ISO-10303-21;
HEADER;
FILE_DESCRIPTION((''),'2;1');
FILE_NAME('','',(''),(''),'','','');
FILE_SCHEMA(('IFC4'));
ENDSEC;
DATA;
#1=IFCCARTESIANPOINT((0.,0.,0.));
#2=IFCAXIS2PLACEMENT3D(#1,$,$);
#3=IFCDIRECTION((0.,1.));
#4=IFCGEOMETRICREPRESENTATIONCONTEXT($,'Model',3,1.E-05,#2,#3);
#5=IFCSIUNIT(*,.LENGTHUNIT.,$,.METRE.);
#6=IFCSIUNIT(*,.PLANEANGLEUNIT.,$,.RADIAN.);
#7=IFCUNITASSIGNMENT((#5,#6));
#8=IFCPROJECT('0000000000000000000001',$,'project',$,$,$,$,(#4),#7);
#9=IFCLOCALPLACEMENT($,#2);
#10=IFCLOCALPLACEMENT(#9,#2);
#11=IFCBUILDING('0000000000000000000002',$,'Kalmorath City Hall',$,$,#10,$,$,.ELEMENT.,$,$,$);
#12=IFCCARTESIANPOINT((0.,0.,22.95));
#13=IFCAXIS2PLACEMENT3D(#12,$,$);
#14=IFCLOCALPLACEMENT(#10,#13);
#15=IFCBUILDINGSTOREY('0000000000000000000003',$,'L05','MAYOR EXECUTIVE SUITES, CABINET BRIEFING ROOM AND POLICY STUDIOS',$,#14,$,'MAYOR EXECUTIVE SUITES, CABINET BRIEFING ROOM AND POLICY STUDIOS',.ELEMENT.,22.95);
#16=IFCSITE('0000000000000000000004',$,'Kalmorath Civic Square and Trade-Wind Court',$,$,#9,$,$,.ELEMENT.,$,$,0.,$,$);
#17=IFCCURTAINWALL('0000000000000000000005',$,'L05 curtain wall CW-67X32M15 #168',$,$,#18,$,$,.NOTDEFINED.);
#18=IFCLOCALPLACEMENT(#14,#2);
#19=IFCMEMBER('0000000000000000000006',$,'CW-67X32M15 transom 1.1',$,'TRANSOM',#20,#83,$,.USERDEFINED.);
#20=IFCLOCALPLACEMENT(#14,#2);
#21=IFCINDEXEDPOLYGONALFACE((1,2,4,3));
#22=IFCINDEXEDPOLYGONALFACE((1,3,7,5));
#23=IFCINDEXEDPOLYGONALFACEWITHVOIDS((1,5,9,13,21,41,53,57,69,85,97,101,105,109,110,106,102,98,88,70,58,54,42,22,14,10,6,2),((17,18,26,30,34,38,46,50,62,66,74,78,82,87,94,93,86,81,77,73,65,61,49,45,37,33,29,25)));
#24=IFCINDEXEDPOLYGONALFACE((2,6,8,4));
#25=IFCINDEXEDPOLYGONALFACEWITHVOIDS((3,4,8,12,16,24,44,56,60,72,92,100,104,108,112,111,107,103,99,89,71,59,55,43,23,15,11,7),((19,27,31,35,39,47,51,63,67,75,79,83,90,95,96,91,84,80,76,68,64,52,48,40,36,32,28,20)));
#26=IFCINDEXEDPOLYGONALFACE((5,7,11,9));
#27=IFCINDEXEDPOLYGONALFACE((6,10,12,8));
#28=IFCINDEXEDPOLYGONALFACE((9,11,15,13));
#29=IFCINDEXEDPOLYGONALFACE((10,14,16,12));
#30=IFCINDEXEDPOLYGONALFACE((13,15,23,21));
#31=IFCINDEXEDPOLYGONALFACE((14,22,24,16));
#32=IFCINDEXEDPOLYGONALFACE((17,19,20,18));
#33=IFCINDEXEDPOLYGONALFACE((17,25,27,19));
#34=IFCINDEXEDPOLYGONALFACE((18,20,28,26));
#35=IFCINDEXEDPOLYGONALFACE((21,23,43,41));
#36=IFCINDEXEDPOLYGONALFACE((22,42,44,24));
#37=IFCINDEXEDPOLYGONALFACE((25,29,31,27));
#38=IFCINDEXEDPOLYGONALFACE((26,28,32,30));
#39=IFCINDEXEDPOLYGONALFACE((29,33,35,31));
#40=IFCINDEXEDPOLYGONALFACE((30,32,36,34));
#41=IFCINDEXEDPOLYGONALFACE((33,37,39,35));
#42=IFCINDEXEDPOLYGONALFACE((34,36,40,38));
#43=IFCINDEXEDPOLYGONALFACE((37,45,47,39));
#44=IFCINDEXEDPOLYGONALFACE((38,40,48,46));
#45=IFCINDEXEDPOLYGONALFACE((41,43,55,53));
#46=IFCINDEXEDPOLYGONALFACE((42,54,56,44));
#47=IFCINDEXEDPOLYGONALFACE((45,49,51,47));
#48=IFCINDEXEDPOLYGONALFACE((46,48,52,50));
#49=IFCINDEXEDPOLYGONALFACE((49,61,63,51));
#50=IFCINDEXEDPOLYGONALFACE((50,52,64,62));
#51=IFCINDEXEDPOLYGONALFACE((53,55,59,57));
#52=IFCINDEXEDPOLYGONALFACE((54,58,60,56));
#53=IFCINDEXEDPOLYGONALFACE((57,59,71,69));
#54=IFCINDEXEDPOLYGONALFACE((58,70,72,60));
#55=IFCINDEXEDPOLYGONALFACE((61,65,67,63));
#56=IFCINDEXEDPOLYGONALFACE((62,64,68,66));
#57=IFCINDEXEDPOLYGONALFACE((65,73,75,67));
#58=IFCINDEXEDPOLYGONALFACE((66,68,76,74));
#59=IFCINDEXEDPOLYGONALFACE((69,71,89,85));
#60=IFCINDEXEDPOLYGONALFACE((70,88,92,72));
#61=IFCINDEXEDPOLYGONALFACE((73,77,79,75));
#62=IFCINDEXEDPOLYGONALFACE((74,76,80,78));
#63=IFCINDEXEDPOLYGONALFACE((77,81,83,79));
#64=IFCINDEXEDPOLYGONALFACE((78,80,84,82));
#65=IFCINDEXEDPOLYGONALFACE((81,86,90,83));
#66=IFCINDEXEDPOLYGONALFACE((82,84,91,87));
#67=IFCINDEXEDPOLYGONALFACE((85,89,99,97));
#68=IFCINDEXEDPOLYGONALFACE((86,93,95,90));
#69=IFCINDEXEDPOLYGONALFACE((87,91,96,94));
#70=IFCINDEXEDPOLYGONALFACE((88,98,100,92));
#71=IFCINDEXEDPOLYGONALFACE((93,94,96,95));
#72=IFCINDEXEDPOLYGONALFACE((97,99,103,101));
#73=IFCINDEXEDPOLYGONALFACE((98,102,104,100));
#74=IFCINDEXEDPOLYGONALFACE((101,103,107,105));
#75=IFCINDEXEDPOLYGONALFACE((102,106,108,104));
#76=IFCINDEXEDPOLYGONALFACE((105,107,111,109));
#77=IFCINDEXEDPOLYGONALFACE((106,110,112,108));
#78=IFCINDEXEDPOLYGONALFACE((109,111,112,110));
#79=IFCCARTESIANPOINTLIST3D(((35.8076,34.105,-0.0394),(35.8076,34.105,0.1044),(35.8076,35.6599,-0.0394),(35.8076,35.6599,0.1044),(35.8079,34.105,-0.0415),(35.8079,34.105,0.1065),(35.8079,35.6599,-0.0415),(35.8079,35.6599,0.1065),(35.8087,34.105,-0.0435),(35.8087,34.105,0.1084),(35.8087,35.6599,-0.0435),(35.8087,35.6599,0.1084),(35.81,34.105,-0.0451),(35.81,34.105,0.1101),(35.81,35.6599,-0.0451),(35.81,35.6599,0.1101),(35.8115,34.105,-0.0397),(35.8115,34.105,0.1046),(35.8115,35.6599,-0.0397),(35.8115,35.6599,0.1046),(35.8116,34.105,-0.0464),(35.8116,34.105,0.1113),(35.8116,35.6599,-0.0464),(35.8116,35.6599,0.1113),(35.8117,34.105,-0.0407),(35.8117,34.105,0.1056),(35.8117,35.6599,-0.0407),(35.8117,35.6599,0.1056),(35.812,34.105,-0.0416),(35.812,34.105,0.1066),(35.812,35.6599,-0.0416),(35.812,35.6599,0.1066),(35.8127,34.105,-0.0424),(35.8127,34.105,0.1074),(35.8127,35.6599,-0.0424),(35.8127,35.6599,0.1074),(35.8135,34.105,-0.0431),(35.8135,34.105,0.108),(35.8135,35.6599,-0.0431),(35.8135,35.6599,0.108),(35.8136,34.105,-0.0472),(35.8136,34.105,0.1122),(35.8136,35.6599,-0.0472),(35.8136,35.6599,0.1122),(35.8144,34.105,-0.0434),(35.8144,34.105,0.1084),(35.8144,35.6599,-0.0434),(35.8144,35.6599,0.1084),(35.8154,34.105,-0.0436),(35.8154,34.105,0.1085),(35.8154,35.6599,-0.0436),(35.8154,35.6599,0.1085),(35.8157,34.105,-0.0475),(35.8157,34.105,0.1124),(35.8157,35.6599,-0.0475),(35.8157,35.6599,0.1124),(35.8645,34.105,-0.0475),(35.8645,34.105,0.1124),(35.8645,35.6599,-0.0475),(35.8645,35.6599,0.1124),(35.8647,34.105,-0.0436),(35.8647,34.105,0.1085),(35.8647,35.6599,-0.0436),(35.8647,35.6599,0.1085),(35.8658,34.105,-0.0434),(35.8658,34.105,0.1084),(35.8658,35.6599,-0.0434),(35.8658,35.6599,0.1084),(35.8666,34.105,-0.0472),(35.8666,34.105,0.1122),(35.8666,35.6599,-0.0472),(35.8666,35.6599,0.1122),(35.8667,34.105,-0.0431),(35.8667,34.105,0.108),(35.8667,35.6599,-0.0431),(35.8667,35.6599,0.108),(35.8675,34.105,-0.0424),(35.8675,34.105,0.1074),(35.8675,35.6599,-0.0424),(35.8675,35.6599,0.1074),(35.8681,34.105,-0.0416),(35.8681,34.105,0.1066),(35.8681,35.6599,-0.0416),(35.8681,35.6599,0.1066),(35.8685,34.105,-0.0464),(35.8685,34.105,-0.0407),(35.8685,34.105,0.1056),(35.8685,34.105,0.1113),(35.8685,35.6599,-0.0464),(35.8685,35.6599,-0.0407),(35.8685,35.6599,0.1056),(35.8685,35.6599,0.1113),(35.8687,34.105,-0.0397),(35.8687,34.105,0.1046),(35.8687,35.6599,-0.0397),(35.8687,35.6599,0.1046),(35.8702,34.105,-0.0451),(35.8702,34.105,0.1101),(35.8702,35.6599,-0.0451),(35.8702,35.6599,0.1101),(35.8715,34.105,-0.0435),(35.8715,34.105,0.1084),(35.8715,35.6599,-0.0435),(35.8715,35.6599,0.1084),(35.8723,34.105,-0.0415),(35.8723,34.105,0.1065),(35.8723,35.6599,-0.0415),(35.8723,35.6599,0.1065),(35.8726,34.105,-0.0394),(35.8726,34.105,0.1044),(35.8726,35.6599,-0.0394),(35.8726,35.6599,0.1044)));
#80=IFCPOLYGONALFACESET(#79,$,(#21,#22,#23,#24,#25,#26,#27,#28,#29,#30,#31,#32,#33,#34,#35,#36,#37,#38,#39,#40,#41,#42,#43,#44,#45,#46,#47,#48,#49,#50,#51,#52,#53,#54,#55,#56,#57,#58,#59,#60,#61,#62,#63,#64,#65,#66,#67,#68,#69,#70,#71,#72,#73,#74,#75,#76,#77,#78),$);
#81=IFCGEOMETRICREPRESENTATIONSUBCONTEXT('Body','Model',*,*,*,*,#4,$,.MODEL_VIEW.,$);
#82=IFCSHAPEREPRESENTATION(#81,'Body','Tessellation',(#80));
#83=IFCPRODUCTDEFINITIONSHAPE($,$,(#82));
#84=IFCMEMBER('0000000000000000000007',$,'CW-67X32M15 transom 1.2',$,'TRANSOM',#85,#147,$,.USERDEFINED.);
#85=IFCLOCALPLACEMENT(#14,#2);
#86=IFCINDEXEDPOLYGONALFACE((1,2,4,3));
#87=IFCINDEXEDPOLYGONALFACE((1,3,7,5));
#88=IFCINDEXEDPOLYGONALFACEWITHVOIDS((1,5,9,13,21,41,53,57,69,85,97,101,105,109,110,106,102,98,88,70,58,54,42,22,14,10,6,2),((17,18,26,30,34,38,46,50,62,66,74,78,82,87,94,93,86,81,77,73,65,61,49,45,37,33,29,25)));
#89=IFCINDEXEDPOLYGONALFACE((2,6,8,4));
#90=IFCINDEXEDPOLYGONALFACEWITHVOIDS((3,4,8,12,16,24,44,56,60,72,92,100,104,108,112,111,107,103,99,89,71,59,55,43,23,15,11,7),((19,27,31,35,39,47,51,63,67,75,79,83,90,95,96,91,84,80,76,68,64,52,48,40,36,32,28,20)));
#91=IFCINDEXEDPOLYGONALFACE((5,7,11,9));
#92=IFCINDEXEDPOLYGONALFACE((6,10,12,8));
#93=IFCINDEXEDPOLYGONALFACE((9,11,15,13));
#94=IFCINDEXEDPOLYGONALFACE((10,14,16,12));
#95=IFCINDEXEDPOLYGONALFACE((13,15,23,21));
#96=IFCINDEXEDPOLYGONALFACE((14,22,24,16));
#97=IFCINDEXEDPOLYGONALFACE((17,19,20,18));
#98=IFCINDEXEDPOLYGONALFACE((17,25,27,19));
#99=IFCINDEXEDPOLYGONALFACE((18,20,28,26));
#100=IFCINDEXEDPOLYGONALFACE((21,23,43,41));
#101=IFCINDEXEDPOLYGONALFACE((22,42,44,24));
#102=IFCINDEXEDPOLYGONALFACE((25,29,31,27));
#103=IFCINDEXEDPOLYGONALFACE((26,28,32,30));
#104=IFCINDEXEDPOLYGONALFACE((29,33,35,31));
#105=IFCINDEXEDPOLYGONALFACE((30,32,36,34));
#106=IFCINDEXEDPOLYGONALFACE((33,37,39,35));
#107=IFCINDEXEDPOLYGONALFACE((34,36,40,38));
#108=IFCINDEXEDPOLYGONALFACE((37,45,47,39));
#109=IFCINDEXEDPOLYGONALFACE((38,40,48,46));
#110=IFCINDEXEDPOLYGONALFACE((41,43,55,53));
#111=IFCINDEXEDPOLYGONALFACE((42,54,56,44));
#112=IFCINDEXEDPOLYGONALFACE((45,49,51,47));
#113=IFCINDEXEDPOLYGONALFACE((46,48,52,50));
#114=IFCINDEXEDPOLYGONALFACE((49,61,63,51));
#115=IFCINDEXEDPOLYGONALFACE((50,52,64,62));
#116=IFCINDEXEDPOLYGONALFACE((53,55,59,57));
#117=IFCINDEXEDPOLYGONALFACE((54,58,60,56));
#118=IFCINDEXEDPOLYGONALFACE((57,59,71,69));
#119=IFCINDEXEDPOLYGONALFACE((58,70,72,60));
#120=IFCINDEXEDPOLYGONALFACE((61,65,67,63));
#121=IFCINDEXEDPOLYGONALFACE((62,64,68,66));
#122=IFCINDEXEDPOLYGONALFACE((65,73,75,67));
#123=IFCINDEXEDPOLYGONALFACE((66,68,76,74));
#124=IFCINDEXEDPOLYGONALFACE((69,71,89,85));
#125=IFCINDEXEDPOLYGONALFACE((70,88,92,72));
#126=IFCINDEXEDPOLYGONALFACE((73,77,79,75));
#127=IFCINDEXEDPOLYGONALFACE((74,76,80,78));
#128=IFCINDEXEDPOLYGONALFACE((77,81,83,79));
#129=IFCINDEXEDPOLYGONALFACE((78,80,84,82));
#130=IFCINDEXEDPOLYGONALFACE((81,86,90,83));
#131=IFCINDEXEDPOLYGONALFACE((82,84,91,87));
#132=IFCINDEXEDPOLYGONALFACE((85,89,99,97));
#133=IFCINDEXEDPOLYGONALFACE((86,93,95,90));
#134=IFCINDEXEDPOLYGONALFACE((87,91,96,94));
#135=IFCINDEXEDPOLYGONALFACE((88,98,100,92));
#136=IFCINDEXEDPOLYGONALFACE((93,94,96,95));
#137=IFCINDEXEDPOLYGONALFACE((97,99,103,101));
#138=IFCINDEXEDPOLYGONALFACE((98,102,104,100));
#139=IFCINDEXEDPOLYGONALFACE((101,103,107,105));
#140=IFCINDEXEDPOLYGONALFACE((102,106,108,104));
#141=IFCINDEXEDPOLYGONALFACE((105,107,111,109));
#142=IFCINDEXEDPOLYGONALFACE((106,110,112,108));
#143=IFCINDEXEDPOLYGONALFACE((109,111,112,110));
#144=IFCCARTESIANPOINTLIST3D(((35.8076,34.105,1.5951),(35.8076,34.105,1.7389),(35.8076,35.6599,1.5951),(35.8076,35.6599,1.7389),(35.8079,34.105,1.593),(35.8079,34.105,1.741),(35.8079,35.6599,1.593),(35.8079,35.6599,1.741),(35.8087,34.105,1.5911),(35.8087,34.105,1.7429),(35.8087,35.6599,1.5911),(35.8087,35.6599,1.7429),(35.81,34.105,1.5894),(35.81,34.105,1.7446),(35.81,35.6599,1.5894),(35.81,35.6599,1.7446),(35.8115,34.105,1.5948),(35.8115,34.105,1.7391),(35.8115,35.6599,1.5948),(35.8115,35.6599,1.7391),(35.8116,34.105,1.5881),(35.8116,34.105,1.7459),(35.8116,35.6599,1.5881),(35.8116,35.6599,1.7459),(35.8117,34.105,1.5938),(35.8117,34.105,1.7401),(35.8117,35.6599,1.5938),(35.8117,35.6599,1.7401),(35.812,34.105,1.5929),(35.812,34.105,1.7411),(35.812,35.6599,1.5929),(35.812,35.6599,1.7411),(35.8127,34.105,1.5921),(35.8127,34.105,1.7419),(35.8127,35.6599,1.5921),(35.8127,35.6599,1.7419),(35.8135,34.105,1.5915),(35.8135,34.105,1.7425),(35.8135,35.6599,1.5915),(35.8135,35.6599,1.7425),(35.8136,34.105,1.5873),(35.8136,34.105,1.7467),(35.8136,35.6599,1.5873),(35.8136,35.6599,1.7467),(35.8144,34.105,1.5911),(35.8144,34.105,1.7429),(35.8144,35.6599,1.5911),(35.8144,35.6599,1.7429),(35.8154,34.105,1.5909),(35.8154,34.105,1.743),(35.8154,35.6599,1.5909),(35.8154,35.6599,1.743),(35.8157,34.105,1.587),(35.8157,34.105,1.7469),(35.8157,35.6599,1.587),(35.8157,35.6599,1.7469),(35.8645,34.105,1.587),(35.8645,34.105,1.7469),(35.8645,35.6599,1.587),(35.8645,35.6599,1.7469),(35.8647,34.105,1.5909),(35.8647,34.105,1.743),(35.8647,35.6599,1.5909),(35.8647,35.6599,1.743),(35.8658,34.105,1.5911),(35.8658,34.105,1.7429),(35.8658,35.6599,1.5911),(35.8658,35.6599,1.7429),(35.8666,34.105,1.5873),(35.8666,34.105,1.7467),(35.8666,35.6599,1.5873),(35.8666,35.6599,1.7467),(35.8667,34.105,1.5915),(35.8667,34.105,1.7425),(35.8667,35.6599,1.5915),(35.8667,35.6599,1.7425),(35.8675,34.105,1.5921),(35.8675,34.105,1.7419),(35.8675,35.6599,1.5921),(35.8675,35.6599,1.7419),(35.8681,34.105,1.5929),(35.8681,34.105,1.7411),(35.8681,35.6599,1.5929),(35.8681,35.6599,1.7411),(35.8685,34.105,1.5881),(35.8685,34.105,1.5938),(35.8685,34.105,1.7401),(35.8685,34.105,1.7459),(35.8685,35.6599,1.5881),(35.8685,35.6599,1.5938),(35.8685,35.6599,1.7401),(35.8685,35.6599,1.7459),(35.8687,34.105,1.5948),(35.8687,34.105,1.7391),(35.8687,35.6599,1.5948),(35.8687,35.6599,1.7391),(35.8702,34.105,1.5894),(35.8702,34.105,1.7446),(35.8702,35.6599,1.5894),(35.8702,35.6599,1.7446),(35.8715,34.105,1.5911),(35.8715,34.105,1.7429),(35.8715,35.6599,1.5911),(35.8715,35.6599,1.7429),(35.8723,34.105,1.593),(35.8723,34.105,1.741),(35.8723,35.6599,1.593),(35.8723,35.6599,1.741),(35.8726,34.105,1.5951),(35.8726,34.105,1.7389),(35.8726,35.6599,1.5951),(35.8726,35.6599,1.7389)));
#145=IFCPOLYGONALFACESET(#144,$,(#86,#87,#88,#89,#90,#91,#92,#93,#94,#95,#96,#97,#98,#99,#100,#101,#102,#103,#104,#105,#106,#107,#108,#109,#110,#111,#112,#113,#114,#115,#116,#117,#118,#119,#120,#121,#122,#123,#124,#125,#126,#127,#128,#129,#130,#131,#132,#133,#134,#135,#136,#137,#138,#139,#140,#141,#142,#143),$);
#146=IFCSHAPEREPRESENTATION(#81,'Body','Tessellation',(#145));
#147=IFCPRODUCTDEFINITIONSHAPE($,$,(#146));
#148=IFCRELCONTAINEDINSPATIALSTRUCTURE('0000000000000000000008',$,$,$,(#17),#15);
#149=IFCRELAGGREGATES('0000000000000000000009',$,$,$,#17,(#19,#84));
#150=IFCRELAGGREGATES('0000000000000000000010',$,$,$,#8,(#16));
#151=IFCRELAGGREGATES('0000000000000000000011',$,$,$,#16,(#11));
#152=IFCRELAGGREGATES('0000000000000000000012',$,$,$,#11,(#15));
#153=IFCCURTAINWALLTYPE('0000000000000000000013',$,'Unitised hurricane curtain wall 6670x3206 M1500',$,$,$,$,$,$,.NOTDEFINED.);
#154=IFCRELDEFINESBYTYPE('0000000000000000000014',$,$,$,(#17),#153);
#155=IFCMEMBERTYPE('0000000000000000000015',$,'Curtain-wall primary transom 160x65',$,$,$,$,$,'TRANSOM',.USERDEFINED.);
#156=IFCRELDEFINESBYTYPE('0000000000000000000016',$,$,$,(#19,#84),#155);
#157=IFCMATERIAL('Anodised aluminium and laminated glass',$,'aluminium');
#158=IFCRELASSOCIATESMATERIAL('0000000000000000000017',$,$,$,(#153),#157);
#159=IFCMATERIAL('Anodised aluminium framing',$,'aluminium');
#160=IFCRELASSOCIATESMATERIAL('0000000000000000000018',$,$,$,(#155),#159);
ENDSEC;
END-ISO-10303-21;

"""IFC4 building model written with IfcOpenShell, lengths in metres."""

from ifc_helpers import new_model, si_unit, direction, frame, origin, origin_2d, place, context, subcontext, project, spatial, hollow_rectangle, extrude, material, material_profile, profile_set, type_object, element, aggregate, save


model = new_model("IFC4")

# Units and contexts
model_context = context("Model", 3, precision=1e-05, world=origin(), true_north=direction((0.0, 1.0)))
body_context = subcontext(model_context, "Body", "Model", "MODEL_VIEW")
ifc_project = project(units=[si_unit("LENGTHUNIT", "METRE"), si_unit("PLANEANGLEUNIT", "RADIAN")], contexts=[model_context])

# Site, building, storey
site_placement = place(None, origin())
site = spatial("IfcSite", under=ifc_project, at=site_placement, Name="Kalmorath Civic Square and Trade-Wind Court", CompositionType="ELEMENT", RefElevation=0.0)
building_placement = place(site_placement, origin())
building = spatial("IfcBuilding", under=site, at=building_placement, Name="Kalmorath City Hall", CompositionType="ELEMENT")
storey_placement = place(building_placement, frame((0.0, 0.0, 22.95)))
storey = spatial("IfcBuildingStorey", under=building, at=storey_placement, Name="L05", Description="MAYOR EXECUTIVE SUITES, CABINET BRIEFING ROOM AND POLICY STUDIOS", LongName="MAYOR EXECUTIVE SUITES, CABINET BRIEFING ROOM AND POLICY STUDIOS", CompositionType="ELEMENT", Elevation=22.95)

# Curtain wall, members
ifc_material_1 = material(Name="Anodised aluminium and laminated glass", Category="aluminium")
curtain_wall_type = type_object("IfcCurtainWallType", Name="Unitised hurricane curtain wall 6670x3206 M1500", PredefinedType="NOTDEFINED", material=ifc_material_1)
curtain_wall_placement = place(storey_placement, origin())
curtain_wall = element("IfcCurtainWall", 1, at=curtain_wall_placement, inside=storey, type_object=curtain_wall_type, Name="L05 curtain wall CW-67X32M15 #168", PredefinedType="NOTDEFINED")
ifc_material_2 = material(Name="Anodised aluminium framing", Category="aluminium")
ifc_material_profile_1 = material_profile(ifc_material_2, hollow_rectangle(XDim=0.0649, YDim=0.1599, WallThickness=0.0039, InnerFilletRadius=0.0039, OuterFilletRadius=0.0081, at=origin_2d()), Name="ALU-TRN-160X65X4")
ifc_profile_set_1 = profile_set([ifc_material_profile_1], Name="Anodised aluminium framing")
member_type_1 = type_object("IfcMemberType", Name="Curtain-wall primary transom 160x65", ElementType="TRANSOM", PredefinedType="USERDEFINED", material=ifc_profile_set_1)
member_1_placement = place(storey_placement, frame((35.8401, 35.6599, 0.0325), z_axis=(0.0, -1.0, 0.0), x_axis=(1.0, 0.0, 0.0)))
member_1 = element("IfcMember", 2, at=member_1_placement, type_object=member_type_1, Name="CW-67X32M15 transom 1.1", ObjectType="TRANSOM", PredefinedType="USERDEFINED", context=body_context, shape_type="SweptSolid", body=[
    extrude(hollow_rectangle(XDim=0.0649, YDim=0.1599, WallThickness=0.0039, InnerFilletRadius=0.0039, OuterFilletRadius=0.0081, at=origin_2d()), origin(), (0.0, 0.0, 1.0), 1.5549),
])
member_2_placement = place(storey_placement, frame((35.8401, 35.6599, 1.667), z_axis=(0.0, -1.0, 0.0), x_axis=(1.0, 0.0, 0.0)))
member_2 = element("IfcMember", 3, at=member_2_placement, type_object=member_type_1, Name="CW-67X32M15 transom 1.2", ObjectType="TRANSOM", PredefinedType="USERDEFINED", context=body_context, shape_type="SweptSolid", body=[
    extrude(hollow_rectangle(XDim=0.0649, YDim=0.1599, WallThickness=0.0039, InnerFilletRadius=0.0039, OuterFilletRadius=0.0081, at=origin_2d()), origin(), (0.0, 0.0, 1.0), 1.5549),
])
aggregate(curtain_wall, [member_1, member_2])

save(model, "model.ifc")
